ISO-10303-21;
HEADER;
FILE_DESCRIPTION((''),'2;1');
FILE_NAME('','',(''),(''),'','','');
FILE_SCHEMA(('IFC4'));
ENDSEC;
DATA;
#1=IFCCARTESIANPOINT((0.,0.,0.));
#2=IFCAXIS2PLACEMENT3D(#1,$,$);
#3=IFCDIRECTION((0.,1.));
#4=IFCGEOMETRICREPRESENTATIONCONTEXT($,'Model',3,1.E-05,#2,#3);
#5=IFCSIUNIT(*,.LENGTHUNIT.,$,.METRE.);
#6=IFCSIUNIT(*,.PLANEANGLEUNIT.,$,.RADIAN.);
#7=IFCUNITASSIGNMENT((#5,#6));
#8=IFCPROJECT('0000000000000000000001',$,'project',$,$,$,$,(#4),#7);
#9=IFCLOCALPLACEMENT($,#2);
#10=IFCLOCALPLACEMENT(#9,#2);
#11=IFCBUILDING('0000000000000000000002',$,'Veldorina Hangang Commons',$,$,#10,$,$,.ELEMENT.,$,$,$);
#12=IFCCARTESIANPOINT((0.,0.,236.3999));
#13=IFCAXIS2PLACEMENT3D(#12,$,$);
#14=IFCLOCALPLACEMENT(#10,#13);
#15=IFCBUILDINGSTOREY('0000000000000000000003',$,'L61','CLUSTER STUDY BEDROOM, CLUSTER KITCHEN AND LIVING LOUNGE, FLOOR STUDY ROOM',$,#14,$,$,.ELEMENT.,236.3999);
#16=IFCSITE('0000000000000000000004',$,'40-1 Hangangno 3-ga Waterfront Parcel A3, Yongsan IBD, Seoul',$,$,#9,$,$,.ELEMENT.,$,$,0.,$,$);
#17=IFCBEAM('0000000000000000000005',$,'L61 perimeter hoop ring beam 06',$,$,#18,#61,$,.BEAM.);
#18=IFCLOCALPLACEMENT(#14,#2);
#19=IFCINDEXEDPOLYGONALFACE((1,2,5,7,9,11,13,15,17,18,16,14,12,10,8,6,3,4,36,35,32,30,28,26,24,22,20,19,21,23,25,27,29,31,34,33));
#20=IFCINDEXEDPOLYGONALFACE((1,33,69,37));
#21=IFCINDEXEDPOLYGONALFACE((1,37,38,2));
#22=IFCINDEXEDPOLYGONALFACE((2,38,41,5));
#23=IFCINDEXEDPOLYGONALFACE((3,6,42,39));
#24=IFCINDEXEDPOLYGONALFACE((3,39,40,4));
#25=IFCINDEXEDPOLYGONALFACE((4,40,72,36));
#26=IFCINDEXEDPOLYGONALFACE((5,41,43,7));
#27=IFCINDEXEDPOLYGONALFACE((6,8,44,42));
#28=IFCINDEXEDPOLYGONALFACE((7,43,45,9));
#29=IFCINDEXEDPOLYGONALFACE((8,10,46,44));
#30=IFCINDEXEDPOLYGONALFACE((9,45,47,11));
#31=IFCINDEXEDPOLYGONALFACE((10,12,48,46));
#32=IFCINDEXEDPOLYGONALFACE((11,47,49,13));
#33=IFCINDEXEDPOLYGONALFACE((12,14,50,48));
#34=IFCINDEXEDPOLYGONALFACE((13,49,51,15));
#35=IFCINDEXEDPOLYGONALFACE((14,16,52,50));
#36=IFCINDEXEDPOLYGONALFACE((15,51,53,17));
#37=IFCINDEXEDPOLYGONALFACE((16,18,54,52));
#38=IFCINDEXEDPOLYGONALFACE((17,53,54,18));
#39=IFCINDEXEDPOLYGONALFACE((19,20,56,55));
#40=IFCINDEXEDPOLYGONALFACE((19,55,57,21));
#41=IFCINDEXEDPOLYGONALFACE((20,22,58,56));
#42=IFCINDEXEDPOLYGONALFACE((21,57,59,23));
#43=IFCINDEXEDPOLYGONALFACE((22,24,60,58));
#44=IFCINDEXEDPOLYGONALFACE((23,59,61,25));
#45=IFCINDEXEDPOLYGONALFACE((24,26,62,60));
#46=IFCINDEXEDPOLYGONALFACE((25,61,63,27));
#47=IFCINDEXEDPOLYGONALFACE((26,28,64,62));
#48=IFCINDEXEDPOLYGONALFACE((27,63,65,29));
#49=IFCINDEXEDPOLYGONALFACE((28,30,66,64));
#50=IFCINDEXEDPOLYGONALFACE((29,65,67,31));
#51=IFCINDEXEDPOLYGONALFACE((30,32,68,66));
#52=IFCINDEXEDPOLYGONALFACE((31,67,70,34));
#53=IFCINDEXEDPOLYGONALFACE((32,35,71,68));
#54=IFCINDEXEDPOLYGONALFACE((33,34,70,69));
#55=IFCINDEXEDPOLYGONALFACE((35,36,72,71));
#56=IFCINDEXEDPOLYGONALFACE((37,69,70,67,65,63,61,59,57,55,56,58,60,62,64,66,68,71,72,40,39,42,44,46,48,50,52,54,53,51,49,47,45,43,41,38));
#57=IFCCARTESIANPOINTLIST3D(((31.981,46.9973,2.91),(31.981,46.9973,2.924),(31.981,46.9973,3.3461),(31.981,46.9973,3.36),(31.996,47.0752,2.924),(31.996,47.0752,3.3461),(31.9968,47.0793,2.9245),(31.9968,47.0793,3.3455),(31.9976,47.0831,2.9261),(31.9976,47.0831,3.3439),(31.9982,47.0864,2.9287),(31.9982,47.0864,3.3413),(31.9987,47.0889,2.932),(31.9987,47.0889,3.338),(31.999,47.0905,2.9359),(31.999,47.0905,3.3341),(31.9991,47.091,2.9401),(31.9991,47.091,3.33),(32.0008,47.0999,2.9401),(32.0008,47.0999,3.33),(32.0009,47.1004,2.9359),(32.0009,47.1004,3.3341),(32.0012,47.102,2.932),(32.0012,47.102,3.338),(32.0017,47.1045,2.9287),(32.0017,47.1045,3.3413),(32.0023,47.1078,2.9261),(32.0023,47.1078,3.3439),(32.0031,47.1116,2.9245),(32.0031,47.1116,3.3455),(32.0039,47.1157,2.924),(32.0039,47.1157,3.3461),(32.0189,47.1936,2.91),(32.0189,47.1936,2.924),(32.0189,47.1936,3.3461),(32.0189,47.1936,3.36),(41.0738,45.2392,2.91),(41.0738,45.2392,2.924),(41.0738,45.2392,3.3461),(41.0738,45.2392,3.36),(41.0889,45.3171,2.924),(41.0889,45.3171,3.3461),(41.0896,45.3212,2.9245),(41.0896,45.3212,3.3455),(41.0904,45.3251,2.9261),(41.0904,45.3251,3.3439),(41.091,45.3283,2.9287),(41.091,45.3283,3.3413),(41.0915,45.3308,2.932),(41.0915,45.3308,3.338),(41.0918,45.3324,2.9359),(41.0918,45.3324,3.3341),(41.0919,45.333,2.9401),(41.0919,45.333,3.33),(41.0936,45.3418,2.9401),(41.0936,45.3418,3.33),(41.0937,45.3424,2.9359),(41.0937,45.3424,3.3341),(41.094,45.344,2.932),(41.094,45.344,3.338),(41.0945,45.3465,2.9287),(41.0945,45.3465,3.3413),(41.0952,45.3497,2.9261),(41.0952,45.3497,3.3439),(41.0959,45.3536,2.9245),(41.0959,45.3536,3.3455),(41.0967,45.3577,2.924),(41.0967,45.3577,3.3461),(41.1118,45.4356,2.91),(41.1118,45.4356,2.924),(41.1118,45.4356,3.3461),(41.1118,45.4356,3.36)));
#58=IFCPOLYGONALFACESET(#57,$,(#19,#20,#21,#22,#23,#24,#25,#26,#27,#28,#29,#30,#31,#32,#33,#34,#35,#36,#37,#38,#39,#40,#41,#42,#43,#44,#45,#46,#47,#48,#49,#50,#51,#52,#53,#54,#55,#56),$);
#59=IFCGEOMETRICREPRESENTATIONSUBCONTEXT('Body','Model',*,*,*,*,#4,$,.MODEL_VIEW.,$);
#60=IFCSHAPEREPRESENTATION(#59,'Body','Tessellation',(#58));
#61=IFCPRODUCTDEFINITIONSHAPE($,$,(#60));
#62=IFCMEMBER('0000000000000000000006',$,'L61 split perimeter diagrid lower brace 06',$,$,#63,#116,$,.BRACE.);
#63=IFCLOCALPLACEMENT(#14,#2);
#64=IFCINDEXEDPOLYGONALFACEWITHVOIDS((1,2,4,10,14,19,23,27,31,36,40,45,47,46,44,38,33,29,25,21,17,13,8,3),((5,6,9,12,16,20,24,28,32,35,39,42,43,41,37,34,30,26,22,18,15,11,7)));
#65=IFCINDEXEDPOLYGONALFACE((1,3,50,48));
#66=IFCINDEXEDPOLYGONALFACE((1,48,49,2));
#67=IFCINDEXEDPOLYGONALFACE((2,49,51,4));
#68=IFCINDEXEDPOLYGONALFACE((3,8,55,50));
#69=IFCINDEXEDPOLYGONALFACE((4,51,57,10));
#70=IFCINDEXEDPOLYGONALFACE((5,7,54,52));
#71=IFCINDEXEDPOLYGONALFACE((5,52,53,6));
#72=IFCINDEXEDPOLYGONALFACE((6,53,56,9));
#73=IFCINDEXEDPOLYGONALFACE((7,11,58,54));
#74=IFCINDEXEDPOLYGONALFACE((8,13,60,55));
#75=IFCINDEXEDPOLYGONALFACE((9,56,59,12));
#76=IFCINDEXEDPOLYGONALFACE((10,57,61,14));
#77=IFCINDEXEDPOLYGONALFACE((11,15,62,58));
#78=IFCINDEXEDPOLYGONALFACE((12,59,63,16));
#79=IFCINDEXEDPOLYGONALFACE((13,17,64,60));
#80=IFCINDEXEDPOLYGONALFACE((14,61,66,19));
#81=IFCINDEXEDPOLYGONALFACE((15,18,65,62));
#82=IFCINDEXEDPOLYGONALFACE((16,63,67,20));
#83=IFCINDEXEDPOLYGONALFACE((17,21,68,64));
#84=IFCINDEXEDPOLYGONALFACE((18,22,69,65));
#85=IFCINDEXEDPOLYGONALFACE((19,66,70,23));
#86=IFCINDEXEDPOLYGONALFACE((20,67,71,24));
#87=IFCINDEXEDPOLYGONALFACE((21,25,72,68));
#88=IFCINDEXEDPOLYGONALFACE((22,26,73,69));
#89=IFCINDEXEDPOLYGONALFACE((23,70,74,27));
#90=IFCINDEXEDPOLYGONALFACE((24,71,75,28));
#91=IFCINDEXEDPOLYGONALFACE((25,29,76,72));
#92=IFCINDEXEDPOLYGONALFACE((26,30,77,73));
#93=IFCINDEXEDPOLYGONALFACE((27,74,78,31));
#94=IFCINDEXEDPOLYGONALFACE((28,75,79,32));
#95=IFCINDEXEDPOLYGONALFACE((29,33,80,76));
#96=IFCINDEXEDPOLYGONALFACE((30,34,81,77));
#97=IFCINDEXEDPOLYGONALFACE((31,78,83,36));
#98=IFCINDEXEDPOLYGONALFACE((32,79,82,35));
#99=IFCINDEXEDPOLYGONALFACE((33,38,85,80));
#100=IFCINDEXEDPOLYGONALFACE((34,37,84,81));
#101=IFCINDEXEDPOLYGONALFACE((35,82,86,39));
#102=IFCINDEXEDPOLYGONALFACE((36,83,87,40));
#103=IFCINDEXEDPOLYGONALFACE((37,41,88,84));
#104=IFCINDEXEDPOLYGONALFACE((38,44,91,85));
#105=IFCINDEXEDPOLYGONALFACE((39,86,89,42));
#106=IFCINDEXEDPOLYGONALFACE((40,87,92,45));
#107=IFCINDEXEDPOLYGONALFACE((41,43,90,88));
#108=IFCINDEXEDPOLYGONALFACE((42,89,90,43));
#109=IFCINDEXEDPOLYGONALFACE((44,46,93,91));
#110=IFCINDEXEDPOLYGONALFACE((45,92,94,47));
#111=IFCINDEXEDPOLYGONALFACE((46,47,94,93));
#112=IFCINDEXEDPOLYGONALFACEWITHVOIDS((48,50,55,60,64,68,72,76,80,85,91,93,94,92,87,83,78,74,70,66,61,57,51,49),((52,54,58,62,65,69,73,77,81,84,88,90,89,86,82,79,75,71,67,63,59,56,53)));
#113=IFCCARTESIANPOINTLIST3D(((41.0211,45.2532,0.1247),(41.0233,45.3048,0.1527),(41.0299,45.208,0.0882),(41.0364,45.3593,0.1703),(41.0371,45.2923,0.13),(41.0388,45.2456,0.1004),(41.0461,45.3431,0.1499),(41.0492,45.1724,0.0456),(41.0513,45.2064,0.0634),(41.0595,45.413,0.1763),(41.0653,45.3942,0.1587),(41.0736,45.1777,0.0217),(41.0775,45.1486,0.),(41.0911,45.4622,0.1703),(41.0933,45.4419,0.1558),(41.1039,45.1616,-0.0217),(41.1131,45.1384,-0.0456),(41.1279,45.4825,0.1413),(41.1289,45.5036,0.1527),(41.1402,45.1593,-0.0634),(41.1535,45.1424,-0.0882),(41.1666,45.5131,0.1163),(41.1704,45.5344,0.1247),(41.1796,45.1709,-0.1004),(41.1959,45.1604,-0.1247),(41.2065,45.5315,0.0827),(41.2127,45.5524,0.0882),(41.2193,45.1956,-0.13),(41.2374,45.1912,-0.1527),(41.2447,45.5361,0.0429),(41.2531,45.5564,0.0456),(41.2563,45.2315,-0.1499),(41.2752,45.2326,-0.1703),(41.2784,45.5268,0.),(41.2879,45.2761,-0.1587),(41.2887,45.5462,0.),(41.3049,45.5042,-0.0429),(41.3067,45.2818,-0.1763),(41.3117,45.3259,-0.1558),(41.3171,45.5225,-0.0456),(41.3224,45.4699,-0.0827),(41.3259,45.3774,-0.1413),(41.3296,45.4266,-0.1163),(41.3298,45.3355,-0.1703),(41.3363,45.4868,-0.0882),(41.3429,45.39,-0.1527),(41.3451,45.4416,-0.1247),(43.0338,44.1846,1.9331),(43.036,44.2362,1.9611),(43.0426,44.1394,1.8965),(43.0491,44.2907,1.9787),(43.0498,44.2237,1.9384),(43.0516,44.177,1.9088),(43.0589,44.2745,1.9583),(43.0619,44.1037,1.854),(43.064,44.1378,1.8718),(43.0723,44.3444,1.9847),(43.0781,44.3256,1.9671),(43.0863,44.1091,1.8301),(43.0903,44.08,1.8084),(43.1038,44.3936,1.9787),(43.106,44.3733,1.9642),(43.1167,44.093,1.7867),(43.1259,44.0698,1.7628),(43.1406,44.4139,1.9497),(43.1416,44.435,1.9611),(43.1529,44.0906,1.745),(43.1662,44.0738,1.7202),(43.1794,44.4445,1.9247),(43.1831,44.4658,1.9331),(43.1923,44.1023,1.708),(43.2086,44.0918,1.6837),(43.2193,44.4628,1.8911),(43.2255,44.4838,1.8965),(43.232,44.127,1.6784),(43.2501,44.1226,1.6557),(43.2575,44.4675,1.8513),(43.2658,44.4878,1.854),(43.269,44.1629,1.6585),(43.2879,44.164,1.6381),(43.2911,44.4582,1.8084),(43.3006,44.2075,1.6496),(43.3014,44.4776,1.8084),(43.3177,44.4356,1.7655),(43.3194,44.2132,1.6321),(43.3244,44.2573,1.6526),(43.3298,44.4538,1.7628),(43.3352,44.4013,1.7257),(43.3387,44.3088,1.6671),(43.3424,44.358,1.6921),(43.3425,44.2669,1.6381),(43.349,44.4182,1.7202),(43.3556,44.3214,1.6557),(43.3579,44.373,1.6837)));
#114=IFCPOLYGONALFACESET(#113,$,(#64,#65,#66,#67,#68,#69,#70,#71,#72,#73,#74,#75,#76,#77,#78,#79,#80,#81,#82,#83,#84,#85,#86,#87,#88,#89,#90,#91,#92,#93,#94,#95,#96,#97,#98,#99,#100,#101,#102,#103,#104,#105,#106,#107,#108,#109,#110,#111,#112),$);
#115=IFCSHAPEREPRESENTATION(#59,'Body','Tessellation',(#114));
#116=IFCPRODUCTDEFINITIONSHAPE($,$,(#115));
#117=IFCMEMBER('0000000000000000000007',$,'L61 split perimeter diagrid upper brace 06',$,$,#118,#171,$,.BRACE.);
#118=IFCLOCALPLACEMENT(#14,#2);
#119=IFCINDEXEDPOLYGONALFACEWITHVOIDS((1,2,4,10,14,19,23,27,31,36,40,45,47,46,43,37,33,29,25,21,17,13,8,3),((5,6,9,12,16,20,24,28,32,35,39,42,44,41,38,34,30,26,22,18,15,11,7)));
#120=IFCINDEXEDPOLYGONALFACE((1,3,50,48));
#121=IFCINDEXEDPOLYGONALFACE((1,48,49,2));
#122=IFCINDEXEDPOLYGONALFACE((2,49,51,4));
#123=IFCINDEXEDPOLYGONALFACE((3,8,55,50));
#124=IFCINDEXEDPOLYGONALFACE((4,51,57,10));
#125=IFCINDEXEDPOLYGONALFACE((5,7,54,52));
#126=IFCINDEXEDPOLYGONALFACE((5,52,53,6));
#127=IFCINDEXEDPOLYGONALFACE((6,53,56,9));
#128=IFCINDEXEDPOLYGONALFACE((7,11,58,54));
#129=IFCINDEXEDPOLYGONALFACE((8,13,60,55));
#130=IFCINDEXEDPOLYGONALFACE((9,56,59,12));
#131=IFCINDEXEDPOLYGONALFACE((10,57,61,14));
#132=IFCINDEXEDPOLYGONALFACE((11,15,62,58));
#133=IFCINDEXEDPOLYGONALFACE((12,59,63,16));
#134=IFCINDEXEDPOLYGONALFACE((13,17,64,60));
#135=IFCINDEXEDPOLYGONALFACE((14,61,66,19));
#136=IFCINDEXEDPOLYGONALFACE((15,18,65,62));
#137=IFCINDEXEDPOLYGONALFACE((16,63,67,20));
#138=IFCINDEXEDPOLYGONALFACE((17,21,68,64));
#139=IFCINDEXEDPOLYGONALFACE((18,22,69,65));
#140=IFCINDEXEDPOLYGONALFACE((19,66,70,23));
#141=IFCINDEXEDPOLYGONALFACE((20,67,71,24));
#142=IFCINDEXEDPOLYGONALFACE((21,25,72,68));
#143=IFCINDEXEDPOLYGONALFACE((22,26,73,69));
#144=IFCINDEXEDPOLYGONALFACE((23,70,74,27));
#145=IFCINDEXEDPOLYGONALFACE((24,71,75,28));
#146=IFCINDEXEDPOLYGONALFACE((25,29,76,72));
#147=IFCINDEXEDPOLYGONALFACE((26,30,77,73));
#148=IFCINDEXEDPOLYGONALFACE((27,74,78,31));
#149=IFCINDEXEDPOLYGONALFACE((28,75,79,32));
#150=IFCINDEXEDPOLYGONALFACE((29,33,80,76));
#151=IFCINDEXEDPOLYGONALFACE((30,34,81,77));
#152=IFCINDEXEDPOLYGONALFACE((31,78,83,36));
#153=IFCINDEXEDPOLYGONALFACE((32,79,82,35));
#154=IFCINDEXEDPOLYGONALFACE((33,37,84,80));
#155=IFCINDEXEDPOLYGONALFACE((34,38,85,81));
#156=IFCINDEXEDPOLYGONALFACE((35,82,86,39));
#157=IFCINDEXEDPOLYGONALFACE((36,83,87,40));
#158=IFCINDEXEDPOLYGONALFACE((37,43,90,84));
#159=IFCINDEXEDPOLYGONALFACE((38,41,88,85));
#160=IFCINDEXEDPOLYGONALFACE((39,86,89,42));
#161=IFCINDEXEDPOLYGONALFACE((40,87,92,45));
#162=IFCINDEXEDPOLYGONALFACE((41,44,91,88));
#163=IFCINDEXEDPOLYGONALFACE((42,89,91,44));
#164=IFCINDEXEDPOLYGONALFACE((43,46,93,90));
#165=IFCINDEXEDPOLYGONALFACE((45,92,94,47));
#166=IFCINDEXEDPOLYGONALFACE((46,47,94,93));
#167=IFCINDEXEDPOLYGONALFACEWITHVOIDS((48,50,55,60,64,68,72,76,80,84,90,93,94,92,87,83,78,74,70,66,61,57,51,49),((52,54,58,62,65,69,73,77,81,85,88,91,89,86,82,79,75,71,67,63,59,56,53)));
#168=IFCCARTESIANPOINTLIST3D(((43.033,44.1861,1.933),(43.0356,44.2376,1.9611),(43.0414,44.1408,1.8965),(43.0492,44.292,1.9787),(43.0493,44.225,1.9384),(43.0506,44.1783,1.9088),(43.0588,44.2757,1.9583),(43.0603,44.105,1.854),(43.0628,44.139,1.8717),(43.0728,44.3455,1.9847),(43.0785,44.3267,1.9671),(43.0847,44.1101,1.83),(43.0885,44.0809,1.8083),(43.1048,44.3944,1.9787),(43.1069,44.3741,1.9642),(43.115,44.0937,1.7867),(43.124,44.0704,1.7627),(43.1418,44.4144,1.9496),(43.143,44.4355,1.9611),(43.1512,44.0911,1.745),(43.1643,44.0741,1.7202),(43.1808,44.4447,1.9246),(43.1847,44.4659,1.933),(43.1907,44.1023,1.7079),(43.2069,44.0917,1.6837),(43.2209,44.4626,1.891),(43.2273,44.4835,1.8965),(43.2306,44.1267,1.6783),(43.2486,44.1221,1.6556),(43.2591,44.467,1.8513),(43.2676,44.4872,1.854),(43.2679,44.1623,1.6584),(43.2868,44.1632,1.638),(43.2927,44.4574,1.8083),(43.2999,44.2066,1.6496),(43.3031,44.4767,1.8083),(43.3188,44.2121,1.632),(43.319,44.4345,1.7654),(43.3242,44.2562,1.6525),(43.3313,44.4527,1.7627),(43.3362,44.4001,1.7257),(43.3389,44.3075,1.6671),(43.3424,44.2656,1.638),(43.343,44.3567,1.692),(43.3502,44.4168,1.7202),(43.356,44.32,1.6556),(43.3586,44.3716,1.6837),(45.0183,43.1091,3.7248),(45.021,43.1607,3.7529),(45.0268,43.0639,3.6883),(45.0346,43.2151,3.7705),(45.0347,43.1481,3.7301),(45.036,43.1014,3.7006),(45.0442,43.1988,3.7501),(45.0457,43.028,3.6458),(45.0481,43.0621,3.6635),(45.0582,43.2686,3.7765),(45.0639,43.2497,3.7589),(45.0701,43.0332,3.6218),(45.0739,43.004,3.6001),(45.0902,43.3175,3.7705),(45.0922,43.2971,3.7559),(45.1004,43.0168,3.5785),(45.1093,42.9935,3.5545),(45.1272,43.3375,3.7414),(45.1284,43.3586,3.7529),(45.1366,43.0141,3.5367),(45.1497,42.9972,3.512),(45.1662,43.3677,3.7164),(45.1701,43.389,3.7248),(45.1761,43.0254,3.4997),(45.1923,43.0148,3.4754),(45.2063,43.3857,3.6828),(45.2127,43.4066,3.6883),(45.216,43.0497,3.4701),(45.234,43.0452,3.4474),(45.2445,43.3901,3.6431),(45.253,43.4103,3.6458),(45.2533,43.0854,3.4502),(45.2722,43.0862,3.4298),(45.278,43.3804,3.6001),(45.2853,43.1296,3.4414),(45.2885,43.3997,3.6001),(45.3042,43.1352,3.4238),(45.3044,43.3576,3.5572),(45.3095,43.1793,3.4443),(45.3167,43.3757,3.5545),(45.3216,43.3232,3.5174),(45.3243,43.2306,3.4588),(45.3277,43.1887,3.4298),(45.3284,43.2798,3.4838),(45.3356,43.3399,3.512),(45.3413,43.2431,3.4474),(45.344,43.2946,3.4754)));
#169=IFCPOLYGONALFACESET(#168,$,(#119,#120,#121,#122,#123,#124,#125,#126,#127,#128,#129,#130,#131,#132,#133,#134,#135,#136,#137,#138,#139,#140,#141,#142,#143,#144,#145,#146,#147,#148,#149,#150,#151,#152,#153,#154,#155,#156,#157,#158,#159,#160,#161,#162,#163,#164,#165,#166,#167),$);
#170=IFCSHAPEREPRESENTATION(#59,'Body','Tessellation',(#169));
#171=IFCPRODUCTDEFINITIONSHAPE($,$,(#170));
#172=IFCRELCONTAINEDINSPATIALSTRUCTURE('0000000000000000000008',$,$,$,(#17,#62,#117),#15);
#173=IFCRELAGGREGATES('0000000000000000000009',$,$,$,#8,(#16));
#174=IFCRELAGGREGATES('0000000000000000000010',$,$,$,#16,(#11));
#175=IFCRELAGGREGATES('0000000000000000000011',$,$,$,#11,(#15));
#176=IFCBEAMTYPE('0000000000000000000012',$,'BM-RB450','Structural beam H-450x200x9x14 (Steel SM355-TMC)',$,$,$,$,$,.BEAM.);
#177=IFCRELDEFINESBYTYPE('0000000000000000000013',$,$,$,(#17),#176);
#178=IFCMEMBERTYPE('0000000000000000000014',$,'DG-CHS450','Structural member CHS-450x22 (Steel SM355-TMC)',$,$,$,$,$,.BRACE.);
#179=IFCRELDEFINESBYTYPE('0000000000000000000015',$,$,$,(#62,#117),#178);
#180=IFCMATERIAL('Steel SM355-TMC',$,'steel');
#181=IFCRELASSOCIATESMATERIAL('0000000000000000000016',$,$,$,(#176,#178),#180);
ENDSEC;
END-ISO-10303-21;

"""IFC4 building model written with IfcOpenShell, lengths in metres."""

from ifc_helpers import new_model, si_unit, direction, frame, origin, origin_2d, place, context, subcontext, project, spatial, hollow_circle, i_section, extrude, material, material_profile, profile_set, type_object, element, save


model = new_model("IFC4")

# Units and contexts
model_context = context("Model", 3, precision=1e-05, world=origin(), true_north=direction((0.0, 1.0)))
body_context = subcontext(model_context, "Body", "Model", "MODEL_VIEW")
ifc_project = project(units=[si_unit("LENGTHUNIT", "METRE"), si_unit("PLANEANGLEUNIT", "RADIAN")], contexts=[model_context])

# Site, building, storey
site_placement = place(None, origin())
site = spatial("IfcSite", under=ifc_project, at=site_placement, Name="40-1 Hangangno 3-ga Waterfront Parcel A3, Yongsan IBD, Seoul", CompositionType="ELEMENT", RefElevation=0.0)
building_placement = place(site_placement, origin())
building = spatial("IfcBuilding", under=site, at=building_placement, Name="Veldorina Hangang Commons", CompositionType="ELEMENT")
storey_placement = place(building_placement, frame((0.0, 0.0, 236.3999)))
storey = spatial("IfcBuildingStorey", under=building, at=storey_placement, Name="L61", Description="CLUSTER STUDY BEDROOM, CLUSTER KITCHEN AND LIVING LOUNGE, FLOOR STUDY ROOM", CompositionType="ELEMENT", Elevation=236.3999)

# Beam
ifc_material_1 = material(Name="Steel SM355-TMC", Category="steel")
ifc_material_profile_1 = material_profile(ifc_material_1, i_section(OverallWidth=0.2, OverallDepth=0.45, WebThickness=0.009, FlangeThickness=0.0139, FilletRadius=0.0161, at=origin_2d()), Name="H-450x200x9x14")
ifc_profile_set_1 = profile_set([ifc_material_profile_1], Name="Steel SM355-TMC")
beam_type = type_object("IfcBeamType", Name="BM-RB450", Description="Structural beam H-450x200x9x14 (Steel SM355-TMC)", PredefinedType="BEAM", material=ifc_profile_set_1)
beam_placement = place(storey_placement, frame((41.0928, 45.3374, 3.135), z_axis=(-0.981817, 0.189831, 0.0), x_axis=(-0.189831, -0.981817, 0.0)))
element("IfcBeam", 1, at=beam_placement, inside=storey, type_object=beam_type, Name="L61 perimeter hoop ring beam 06", PredefinedType="BEAM", context=body_context, shape_type="SweptSolid", body=[
    extrude(i_section(OverallWidth=0.2, OverallDepth=0.45, WebThickness=0.009, FlangeThickness=0.0139, FilletRadius=0.0161, at=origin_2d()), origin(), (0.0, 0.0, 1.0), 9.2612),
])

# Members
ifc_material_profile_2 = material_profile(ifc_material_1, hollow_circle(Radius=0.2251, WallThickness=0.022, at=origin_2d()), Name="CHS-450x22")
ifc_profile_set_2 = profile_set([ifc_material_profile_2], Name="Steel SM355-TMC")
member_type_1 = type_object("IfcMemberType", Name="DG-CHS450", Description="Structural member CHS-450x22 (Steel SM355-TMC)", PredefinedType="BRACE", material=ifc_profile_set_2)
member_1_placement = place(storey_placement, frame((41.1831, 45.3474, 0.0), z_axis=(0.691857, -0.367329, 0.621614), x_axis=(0.468936, 0.883232, 0.0)))
element("IfcMember", 2, at=member_1_placement, inside=storey, type_object=member_type_1, Name="L61 split perimeter diagrid lower brace 06", PredefinedType="BRACE", context=body_context, shape_type="SweptSolid", body=[
    extrude(hollow_circle(Radius=0.2251, WallThickness=0.022, at=origin_2d()), origin(), (0.0, 0.0, 1.0), 2.9092),
])
member_2_placement = place(storey_placement, frame((43.1958, 44.2788, 1.8083), z_axis=(0.68864, -0.373536, 0.621487), x_axis=(0.476798, 0.879013, 0.0)))
element("IfcMember", 3, at=member_2_placement, inside=storey, type_object=member_type_1, Name="L61 split perimeter diagrid upper brace 06", PredefinedType="BRACE", context=body_context, shape_type="SweptSolid", body=[
    extrude(hollow_circle(Radius=0.2251, WallThickness=0.022, at=origin_2d()), origin(), (0.0, 0.0, 1.0), 2.8831),
])

save(model, "model.ifc")
